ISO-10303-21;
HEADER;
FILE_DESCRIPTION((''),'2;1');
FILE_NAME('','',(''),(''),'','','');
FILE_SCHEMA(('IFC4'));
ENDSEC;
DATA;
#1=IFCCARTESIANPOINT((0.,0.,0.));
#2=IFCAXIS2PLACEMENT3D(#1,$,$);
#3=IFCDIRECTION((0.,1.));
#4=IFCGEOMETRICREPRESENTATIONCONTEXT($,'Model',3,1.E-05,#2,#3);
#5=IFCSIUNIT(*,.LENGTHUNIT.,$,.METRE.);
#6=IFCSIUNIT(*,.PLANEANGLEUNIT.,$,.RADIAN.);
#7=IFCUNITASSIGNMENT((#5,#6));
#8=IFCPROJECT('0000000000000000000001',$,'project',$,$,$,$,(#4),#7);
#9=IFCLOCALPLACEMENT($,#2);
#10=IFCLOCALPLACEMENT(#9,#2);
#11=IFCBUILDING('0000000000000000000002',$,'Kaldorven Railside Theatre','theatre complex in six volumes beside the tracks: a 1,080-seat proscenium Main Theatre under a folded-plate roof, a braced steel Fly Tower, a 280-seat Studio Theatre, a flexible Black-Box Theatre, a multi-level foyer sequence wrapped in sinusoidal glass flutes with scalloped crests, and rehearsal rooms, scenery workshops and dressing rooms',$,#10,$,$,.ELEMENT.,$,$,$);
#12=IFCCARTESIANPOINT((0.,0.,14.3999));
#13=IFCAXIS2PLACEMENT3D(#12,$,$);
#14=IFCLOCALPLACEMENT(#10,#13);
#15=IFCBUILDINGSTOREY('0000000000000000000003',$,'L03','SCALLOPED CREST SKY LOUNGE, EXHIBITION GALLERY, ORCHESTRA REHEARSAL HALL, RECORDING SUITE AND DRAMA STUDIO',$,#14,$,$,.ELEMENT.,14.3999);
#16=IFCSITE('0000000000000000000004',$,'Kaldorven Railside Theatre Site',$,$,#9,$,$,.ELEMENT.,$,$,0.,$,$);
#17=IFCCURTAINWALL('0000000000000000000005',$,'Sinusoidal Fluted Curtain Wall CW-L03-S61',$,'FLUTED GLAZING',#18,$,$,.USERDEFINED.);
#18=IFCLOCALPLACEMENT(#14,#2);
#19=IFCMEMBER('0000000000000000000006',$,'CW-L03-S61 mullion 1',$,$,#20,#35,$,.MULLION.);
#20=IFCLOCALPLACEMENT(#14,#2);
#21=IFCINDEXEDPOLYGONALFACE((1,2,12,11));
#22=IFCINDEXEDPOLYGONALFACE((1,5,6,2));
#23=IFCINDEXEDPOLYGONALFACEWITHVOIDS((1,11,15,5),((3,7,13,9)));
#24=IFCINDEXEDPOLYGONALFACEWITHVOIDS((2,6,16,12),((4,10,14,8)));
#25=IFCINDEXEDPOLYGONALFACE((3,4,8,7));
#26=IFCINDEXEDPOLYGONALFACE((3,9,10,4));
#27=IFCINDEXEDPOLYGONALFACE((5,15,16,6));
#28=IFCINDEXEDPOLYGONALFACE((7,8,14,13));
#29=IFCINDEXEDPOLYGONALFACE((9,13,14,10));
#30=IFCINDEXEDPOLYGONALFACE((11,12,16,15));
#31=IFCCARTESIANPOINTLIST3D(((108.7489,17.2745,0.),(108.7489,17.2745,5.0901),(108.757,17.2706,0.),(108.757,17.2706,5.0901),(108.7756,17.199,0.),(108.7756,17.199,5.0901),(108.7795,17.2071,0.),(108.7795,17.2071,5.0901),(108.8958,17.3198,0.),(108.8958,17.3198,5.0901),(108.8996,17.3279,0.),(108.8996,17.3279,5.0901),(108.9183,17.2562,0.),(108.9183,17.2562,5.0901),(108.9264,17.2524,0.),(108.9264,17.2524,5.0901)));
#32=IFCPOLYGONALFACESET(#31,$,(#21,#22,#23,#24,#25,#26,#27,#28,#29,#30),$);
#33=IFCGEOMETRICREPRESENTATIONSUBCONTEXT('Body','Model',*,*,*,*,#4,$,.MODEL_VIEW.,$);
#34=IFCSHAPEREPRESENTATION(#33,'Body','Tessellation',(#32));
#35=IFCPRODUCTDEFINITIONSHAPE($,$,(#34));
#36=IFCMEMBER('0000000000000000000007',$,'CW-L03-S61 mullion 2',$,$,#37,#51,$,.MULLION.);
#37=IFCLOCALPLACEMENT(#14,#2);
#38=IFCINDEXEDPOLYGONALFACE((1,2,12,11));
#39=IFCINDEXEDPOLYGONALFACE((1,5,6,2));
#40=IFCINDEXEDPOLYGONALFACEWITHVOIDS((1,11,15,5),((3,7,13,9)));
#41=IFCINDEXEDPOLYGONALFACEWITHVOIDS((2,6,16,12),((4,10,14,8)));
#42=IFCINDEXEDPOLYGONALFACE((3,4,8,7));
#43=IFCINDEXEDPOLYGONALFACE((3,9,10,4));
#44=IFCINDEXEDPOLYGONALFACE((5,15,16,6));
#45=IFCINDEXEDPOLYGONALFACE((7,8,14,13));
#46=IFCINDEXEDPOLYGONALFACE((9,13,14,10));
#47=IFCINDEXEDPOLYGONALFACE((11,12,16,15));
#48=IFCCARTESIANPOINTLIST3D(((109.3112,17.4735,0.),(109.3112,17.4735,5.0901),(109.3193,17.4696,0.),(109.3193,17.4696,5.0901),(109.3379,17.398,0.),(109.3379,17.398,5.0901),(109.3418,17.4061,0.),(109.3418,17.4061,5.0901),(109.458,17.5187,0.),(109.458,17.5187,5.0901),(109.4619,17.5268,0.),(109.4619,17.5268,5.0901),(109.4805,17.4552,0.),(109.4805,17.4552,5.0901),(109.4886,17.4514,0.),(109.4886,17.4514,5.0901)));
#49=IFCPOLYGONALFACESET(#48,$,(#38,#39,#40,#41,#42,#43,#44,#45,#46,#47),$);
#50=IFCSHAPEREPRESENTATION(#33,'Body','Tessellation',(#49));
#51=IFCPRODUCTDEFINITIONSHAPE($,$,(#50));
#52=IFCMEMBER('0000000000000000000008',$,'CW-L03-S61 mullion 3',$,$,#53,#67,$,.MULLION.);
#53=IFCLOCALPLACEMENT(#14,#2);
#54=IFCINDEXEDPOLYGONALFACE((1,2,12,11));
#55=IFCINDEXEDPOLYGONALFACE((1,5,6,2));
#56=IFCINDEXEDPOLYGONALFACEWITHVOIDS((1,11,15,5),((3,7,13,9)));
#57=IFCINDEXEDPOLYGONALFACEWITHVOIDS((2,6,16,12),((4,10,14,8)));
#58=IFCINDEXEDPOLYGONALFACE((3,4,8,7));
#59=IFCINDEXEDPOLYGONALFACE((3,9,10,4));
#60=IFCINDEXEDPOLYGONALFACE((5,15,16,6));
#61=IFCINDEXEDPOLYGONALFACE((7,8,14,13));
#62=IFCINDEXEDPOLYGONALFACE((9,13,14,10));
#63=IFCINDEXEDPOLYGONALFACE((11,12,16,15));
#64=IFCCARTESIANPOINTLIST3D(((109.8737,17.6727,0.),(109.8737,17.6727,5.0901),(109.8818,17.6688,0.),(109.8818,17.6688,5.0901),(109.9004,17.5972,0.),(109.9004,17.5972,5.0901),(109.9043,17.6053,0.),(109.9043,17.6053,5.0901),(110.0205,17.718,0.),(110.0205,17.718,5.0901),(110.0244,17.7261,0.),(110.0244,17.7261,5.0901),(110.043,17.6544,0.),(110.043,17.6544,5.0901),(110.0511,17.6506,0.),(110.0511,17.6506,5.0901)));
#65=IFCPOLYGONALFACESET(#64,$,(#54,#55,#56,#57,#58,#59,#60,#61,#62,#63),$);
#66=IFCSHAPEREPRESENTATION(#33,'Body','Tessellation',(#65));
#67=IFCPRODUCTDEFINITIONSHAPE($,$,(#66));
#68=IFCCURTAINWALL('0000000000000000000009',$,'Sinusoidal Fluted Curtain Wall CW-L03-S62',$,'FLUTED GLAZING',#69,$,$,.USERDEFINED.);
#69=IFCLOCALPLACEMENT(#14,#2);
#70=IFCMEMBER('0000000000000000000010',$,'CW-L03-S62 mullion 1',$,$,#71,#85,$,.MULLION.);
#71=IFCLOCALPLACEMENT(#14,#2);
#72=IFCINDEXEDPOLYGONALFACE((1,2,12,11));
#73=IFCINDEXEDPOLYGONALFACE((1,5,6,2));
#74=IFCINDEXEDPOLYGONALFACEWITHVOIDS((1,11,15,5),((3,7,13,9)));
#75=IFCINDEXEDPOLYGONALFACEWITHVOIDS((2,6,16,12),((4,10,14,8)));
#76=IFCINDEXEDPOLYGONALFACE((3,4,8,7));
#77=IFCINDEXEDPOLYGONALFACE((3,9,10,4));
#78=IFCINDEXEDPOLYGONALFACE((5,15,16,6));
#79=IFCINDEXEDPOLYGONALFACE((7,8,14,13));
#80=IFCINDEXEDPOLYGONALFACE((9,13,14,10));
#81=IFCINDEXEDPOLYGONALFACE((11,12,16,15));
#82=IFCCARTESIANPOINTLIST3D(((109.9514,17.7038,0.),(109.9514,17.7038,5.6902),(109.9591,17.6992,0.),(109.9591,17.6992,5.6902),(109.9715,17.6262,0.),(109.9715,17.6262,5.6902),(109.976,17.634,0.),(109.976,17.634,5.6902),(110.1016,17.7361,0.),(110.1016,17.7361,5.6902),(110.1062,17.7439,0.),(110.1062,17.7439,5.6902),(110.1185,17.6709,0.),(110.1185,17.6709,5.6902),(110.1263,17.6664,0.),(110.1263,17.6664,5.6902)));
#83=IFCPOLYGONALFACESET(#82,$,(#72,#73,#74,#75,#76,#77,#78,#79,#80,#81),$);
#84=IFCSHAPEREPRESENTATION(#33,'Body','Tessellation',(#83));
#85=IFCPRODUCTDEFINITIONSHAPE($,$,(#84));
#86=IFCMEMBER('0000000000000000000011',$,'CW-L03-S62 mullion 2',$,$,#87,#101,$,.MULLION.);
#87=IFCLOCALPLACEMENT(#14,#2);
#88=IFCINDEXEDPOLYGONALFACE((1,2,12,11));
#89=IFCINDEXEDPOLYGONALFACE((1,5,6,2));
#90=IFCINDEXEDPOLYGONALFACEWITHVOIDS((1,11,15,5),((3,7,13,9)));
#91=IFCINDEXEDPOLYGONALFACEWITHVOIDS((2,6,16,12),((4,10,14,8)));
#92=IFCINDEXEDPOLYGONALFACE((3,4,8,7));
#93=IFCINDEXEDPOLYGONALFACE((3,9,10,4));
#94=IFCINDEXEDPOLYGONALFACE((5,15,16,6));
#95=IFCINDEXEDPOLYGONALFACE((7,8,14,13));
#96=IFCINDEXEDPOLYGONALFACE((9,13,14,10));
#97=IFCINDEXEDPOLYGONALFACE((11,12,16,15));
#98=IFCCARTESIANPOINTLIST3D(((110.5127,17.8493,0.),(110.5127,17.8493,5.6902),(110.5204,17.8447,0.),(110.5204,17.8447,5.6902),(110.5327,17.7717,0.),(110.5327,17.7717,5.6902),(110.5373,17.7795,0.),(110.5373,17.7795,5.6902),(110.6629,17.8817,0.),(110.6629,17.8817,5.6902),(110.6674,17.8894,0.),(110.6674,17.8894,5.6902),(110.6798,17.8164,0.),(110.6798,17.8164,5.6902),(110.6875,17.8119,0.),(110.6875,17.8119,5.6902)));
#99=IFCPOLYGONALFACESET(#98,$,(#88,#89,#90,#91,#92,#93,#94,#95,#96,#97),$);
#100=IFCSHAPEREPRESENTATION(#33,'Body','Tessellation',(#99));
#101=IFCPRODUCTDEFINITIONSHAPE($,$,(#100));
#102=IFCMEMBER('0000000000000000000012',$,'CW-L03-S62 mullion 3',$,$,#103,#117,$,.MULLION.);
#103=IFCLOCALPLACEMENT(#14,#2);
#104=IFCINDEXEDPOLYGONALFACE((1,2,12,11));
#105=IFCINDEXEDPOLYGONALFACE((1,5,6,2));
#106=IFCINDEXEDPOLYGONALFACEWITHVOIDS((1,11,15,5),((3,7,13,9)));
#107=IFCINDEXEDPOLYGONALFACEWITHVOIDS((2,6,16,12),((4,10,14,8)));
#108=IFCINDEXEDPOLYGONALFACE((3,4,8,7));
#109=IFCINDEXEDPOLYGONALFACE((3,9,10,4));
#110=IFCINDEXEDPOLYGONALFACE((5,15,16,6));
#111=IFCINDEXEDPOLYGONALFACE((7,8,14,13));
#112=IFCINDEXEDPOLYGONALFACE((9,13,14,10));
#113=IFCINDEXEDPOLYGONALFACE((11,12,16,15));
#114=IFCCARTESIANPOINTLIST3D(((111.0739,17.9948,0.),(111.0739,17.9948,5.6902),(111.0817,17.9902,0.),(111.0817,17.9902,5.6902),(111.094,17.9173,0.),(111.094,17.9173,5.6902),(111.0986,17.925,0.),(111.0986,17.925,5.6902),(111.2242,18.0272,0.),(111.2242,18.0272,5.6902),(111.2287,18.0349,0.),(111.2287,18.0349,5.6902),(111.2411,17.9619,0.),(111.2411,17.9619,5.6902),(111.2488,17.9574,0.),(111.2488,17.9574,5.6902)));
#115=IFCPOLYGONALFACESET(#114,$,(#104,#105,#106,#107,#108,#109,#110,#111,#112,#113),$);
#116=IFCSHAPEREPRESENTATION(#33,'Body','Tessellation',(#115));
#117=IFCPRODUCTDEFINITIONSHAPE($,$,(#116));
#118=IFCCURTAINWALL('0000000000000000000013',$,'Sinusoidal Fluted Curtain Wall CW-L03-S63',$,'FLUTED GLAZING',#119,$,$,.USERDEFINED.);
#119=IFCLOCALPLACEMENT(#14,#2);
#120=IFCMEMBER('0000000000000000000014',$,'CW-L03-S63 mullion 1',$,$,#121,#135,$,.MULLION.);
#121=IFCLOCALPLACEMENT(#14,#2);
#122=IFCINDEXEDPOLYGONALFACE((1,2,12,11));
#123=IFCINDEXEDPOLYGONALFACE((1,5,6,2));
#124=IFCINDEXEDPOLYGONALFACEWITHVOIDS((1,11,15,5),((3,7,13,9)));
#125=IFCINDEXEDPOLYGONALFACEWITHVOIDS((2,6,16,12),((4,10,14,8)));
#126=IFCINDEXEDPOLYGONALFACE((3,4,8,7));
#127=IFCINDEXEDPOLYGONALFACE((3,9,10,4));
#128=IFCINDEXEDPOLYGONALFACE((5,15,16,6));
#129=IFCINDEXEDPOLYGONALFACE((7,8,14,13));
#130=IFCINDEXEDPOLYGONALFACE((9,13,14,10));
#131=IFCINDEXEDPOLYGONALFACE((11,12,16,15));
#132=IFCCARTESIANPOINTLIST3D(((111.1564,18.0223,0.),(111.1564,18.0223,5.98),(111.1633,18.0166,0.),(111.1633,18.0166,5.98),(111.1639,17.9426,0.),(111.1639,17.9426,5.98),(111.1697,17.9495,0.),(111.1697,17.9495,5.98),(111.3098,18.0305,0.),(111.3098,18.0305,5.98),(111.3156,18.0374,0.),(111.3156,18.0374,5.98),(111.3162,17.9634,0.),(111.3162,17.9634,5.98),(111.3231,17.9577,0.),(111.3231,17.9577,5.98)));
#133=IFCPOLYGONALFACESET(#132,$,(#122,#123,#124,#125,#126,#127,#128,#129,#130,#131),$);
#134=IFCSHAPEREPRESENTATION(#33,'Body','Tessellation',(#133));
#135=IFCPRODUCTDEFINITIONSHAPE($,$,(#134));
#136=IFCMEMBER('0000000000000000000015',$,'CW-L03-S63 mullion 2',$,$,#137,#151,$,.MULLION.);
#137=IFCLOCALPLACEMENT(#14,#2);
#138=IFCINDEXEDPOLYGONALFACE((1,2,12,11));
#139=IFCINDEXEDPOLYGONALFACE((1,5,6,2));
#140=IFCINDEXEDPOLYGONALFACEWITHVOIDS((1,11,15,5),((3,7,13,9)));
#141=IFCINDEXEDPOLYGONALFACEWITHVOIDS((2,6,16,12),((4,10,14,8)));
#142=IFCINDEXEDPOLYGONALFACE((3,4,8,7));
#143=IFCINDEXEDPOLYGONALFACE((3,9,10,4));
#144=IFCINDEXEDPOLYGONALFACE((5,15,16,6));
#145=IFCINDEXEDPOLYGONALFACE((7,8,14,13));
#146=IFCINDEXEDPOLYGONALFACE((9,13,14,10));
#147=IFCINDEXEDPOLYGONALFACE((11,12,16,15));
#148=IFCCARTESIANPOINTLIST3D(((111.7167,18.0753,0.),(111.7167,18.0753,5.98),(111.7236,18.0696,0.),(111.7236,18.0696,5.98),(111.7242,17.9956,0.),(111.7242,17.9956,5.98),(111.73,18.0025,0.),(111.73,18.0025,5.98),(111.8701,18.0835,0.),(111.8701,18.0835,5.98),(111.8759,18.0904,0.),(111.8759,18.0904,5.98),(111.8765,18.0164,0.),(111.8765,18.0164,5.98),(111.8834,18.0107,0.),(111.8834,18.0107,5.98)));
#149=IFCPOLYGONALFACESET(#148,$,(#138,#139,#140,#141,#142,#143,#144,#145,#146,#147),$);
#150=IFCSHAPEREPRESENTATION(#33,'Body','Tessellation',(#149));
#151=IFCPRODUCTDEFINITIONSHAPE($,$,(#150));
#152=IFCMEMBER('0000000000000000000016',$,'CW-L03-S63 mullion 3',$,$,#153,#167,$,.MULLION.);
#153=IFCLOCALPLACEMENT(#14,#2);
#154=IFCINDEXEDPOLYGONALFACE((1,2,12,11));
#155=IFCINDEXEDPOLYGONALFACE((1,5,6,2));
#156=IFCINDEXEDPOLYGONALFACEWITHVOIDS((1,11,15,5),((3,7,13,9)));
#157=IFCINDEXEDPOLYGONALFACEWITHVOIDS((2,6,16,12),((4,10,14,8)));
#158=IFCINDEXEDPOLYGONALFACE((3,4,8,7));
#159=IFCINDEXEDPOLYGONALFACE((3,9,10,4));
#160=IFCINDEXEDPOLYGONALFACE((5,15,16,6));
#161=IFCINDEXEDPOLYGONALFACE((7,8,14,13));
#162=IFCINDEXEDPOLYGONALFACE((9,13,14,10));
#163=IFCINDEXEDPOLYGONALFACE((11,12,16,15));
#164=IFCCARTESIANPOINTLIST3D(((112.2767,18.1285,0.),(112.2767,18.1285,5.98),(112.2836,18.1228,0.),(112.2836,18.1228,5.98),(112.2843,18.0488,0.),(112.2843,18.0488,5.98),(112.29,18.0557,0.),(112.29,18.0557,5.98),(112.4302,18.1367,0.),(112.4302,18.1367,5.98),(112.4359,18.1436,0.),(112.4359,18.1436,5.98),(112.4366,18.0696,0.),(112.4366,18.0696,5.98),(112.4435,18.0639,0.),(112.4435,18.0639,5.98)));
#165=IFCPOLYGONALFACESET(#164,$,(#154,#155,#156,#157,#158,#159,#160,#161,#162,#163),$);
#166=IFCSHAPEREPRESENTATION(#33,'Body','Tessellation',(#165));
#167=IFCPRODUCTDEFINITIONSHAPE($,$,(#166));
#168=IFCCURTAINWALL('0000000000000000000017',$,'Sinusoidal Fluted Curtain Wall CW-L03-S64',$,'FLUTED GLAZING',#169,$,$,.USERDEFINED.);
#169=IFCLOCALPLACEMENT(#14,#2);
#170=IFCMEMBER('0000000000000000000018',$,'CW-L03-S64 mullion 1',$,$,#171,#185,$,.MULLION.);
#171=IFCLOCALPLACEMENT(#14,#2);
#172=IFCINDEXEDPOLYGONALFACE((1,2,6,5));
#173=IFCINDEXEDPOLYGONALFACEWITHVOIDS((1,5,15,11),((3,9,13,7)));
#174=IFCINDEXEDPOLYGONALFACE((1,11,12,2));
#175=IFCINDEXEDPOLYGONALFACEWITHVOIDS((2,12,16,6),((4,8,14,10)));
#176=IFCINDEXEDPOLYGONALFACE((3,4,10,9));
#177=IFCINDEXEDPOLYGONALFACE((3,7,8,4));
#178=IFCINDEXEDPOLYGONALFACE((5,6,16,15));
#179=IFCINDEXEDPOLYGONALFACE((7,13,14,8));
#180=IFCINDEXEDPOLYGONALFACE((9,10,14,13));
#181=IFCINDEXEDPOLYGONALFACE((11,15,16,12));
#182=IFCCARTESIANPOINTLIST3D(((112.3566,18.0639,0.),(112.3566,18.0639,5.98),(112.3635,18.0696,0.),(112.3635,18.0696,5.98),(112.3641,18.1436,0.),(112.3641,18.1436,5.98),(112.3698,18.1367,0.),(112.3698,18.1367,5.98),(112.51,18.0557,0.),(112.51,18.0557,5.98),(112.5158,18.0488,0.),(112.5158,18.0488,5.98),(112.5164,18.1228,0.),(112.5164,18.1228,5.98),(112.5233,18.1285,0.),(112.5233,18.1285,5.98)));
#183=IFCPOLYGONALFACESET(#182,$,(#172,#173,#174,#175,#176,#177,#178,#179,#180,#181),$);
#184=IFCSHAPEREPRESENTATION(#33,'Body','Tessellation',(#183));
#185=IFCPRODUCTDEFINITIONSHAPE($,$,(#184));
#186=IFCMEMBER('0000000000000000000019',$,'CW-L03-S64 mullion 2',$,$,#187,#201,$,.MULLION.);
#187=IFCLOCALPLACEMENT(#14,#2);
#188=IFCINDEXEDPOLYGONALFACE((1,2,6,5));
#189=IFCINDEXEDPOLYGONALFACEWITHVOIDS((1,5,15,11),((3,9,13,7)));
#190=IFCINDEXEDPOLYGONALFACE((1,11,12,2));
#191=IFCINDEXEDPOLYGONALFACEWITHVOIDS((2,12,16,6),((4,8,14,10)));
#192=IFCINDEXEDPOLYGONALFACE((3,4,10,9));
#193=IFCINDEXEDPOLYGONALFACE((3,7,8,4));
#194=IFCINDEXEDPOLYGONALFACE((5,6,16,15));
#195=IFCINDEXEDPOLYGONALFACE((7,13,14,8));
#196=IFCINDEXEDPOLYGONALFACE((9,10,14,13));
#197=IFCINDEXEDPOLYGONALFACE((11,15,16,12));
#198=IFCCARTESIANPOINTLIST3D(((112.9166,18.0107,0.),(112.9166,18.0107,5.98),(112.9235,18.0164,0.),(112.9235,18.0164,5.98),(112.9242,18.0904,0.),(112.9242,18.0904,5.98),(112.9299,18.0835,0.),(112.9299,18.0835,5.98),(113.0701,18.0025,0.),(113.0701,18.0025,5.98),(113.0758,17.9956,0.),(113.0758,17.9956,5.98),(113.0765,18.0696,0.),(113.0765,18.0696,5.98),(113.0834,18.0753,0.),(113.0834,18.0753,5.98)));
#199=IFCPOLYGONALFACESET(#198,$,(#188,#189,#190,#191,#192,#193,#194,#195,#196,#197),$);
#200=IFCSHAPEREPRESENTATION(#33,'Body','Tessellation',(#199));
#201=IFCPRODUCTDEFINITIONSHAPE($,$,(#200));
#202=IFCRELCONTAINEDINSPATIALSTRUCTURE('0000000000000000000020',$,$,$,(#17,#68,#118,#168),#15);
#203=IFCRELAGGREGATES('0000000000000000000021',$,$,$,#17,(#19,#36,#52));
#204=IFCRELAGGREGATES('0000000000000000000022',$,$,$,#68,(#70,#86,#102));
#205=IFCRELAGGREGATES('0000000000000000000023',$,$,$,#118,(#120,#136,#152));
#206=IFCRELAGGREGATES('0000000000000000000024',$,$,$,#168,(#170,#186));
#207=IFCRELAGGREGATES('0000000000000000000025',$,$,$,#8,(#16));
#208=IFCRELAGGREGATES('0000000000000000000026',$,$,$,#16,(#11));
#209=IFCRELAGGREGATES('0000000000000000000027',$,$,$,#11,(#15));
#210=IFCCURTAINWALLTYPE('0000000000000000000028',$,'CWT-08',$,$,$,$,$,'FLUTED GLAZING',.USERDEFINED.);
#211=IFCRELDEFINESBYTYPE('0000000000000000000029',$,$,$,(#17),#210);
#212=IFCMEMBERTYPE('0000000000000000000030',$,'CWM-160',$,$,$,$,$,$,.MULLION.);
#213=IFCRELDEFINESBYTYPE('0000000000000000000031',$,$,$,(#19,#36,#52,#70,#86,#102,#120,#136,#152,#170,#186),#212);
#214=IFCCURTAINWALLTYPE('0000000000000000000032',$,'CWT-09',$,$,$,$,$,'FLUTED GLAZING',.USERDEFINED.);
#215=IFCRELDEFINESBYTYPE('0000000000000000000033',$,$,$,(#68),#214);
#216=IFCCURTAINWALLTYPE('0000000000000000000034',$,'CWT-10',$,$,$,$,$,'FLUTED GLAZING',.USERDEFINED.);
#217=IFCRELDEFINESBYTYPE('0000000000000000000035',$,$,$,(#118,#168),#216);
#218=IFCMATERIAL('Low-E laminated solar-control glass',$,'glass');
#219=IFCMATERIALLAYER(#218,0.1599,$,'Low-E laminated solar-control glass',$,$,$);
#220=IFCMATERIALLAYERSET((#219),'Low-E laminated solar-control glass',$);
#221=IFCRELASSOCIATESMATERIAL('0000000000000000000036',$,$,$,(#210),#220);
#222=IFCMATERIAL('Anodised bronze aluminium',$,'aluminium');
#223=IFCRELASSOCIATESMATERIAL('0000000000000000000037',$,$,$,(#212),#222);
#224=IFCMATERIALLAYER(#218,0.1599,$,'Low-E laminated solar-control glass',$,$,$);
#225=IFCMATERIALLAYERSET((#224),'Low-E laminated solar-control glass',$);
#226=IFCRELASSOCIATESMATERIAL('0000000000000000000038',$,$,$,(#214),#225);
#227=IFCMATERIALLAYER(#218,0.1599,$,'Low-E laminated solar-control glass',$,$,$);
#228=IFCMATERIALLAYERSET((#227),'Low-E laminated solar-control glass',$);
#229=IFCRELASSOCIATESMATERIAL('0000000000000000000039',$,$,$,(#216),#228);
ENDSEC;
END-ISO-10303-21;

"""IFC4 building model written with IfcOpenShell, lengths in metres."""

from ifc_helpers import new_model, si_unit, direction, frame, origin, origin_2d, place, context, subcontext, project, spatial, hollow_rectangle, extrude, material, layer, layer_set, material_profile, profile_set, type_object, element, aggregate, save


model = new_model("IFC4")

# Units and contexts
model_context = context("Model", 3, precision=1e-05, world=origin(), true_north=direction((0.0, 1.0)))
body_context = subcontext(model_context, "Body", "Model", "MODEL_VIEW")
ifc_project = project(units=[si_unit("LENGTHUNIT", "METRE"), si_unit("PLANEANGLEUNIT", "RADIAN")], contexts=[model_context])

# Site, building, storey
site_placement = place(None, origin())
site = spatial("IfcSite", under=ifc_project, at=site_placement, Name="Kaldorven Railside Theatre Site", CompositionType="ELEMENT", RefElevation=0.0)
building_placement = place(site_placement, origin())
building = spatial("IfcBuilding", under=site, at=building_placement, Name="Kaldorven Railside Theatre", Description="theatre complex in six volumes beside the tracks: a 1,080-seat proscenium Main Theatre under a folded-plate roof, a braced steel Fly Tower, a 280-seat Studio Theatre, a flexible Black-Box Theatre, a multi-level foyer sequence wrapped in sinusoidal glass flutes with scalloped crests, and rehearsal rooms, scenery workshops and dressing rooms", CompositionType="ELEMENT")
storey_placement = place(building_placement, frame((0.0, 0.0, 14.3999)))
storey = spatial("IfcBuildingStorey", under=building, at=storey_placement, Name="L03", Description="SCALLOPED CREST SKY LOUNGE, EXHIBITION GALLERY, ORCHESTRA REHEARSAL HALL, RECORDING SUITE AND DRAMA STUDIO", CompositionType="ELEMENT", Elevation=14.3999)

# Curtain walls, members
ifc_material_1 = material(Name="Low-E laminated solar-control glass", Category="glass")
ifc_layer_1 = layer(ifc_material_1, 0.1599, Name="Low-E laminated solar-control glass")
ifc_layer_set_1 = layer_set([ifc_layer_1], Name="Low-E laminated solar-control glass")
curtain_wall_type_1 = type_object("IfcCurtainWallType", Name="CWT-08", ElementType="FLUTED GLAZING", PredefinedType="USERDEFINED", material=ifc_layer_set_1)
curtain_wall_1_placement = place(storey_placement, origin())
curtain_wall_1 = element("IfcCurtainWall", 1, at=curtain_wall_1_placement, inside=storey, type_object=curtain_wall_type_1, Name="Sinusoidal Fluted Curtain Wall CW-L03-S61", ObjectType="FLUTED GLAZING", PredefinedType="USERDEFINED")
ifc_material_2 = material(Name="Anodised bronze aluminium", Category="aluminium")
ifc_material_profile_1 = material_profile(ifc_material_2, hollow_rectangle(XDim=0.0801, YDim=0.1599, WallThickness=0.0063, at=origin_2d()), Name="RHS 160x80x6.3")
ifc_profile_set_1 = profile_set([ifc_material_profile_1], Name="Anodised bronze aluminium")
member_type_1 = type_object("IfcMemberType", Name="CWM-160", PredefinedType="MULLION", material=ifc_profile_set_1)
member_1_placement = place(storey_placement, frame((108.8376, 17.2634, 0.0), z_axis=(0.0, 0.0, 1.0), x_axis=(-0.333847, 0.942627, 0.0)))
member_1 = element("IfcMember", 2, at=member_1_placement, type_object=member_type_1, Name="CW-L03-S61 mullion 1", PredefinedType="MULLION", context=body_context, shape_type="SweptSolid", body=[
    extrude(hollow_rectangle(XDim=0.0801, YDim=0.1599, WallThickness=0.0063, at=origin_2d()), origin(), (0.0, 0.0, 1.0), 5.0901),
])
member_2_placement = place(storey_placement, frame((109.3999, 17.4624, 0.0), z_axis=(0.0, 0.0, 1.0), x_axis=(-0.333847, 0.942627, 0.0)))
member_2 = element("IfcMember", 3, at=member_2_placement, type_object=member_type_1, Name="CW-L03-S61 mullion 2", PredefinedType="MULLION", context=body_context, shape_type="SweptSolid", body=[
    extrude(hollow_rectangle(XDim=0.0801, YDim=0.1599, WallThickness=0.0063, at=origin_2d()), origin(), (0.0, 0.0, 1.0), 5.0901),
])
member_3_placement = place(storey_placement, frame((109.9624, 17.6616, 0.0), z_axis=(0.0, 0.0, 1.0), x_axis=(-0.333847, 0.942627, 0.0)))
member_3 = element("IfcMember", 4, at=member_3_placement, type_object=member_type_1, Name="CW-L03-S61 mullion 3", PredefinedType="MULLION", context=body_context, shape_type="SweptSolid", body=[
    extrude(hollow_rectangle(XDim=0.0801, YDim=0.1599, WallThickness=0.0063, at=origin_2d()), origin(), (0.0, 0.0, 1.0), 5.0901),
])
ifc_layer_2 = layer(ifc_material_1, 0.1599, Name="Low-E laminated solar-control glass")
ifc_layer_set_2 = layer_set([ifc_layer_2], Name="Low-E laminated solar-control glass")
curtain_wall_type_2 = type_object("IfcCurtainWallType", Name="CWT-09", ElementType="FLUTED GLAZING", PredefinedType="USERDEFINED", material=ifc_layer_set_2)
curtain_wall_2_placement = place(storey_placement, origin())
curtain_wall_2 = element("IfcCurtainWall", 5, at=curtain_wall_2_placement, inside=storey, type_object=curtain_wall_type_2, Name="Sinusoidal Fluted Curtain Wall CW-L03-S62", ObjectType="FLUTED GLAZING", PredefinedType="USERDEFINED")
member_4_placement = place(storey_placement, frame((110.0388, 17.6851, 0.0), z_axis=(0.0, 0.0, 1.0), x_axis=(-0.250954, 0.967999, 0.0)))
member_4 = element("IfcMember", 6, at=member_4_placement, type_object=member_type_1, Name="CW-L03-S62 mullion 1", PredefinedType="MULLION", context=body_context, shape_type="SweptSolid", body=[
    extrude(hollow_rectangle(XDim=0.0801, YDim=0.1599, WallThickness=0.0063, at=origin_2d()), origin(), (0.0, 0.0, 1.0), 5.6902),
])
member_5_placement = place(storey_placement, frame((110.6001, 17.8306, 0.0), z_axis=(0.0, 0.0, 1.0), x_axis=(-0.250954, 0.967999, 0.0)))
member_5 = element("IfcMember", 7, at=member_5_placement, type_object=member_type_1, Name="CW-L03-S62 mullion 2", PredefinedType="MULLION", context=body_context, shape_type="SweptSolid", body=[
    extrude(hollow_rectangle(XDim=0.0801, YDim=0.1599, WallThickness=0.0063, at=origin_2d()), origin(), (0.0, 0.0, 1.0), 5.6902),
])
member_6_placement = place(storey_placement, frame((111.1614, 17.9761, 0.0), z_axis=(0.0, 0.0, 1.0), x_axis=(-0.250954, 0.967999, 0.0)))
member_6 = element("IfcMember", 8, at=member_6_placement, type_object=member_type_1, Name="CW-L03-S62 mullion 3", PredefinedType="MULLION", context=body_context, shape_type="SweptSolid", body=[
    extrude(hollow_rectangle(XDim=0.0801, YDim=0.1599, WallThickness=0.0063, at=origin_2d()), origin(), (0.0, 0.0, 1.0), 5.6902),
])
ifc_layer_3 = layer(ifc_material_1, 0.1599, Name="Low-E laminated solar-control glass")
ifc_layer_set_3 = layer_set([ifc_layer_3], Name="Low-E laminated solar-control glass")
curtain_wall_type_3 = type_object("IfcCurtainWallType", Name="CWT-10", ElementType="FLUTED GLAZING", PredefinedType="USERDEFINED", material=ifc_layer_set_3)
curtain_wall_3_placement = place(storey_placement, origin())
curtain_wall_3 = element("IfcCurtainWall", 9, at=curtain_wall_3_placement, inside=storey, type_object=curtain_wall_type_3, Name="Sinusoidal Fluted Curtain Wall CW-L03-S63", ObjectType="FLUTED GLAZING", PredefinedType="USERDEFINED")
member_7_placement = place(storey_placement, frame((111.2397, 17.99, 0.0), z_axis=(0.0, 0.0, 1.0), x_axis=(-0.094492, 0.995526, 0.0)))
member_7 = element("IfcMember", 10, at=member_7_placement, type_object=member_type_1, Name="CW-L03-S63 mullion 1", PredefinedType="MULLION", context=body_context, shape_type="SweptSolid", body=[
    extrude(hollow_rectangle(XDim=0.0801, YDim=0.1599, WallThickness=0.0063, at=origin_2d()), origin(), (0.0, 0.0, 1.0), 5.98),
])
member_8_placement = place(storey_placement, frame((111.8, 18.043, 0.0), z_axis=(0.0, 0.0, 1.0), x_axis=(-0.094492, 0.995526, 0.0)))
member_8 = element("IfcMember", 11, at=member_8_placement, type_object=member_type_1, Name="CW-L03-S63 mullion 2", PredefinedType="MULLION", context=body_context, shape_type="SweptSolid", body=[
    extrude(hollow_rectangle(XDim=0.0801, YDim=0.1599, WallThickness=0.0063, at=origin_2d()), origin(), (0.0, 0.0, 1.0), 5.98),
])
member_9_placement = place(storey_placement, frame((112.3601, 18.0962, 0.0), z_axis=(0.0, 0.0, 1.0), x_axis=(-0.094492, 0.995526, 0.0)))
member_9 = element("IfcMember", 12, at=member_9_placement, type_object=member_type_1, Name="CW-L03-S63 mullion 3", PredefinedType="MULLION", context=body_context, shape_type="SweptSolid", body=[
    extrude(hollow_rectangle(XDim=0.0801, YDim=0.1599, WallThickness=0.0063, at=origin_2d()), origin(), (0.0, 0.0, 1.0), 5.98),
])
curtain_wall_4_placement = place(storey_placement, origin())
curtain_wall_4 = element("IfcCurtainWall", 13, at=curtain_wall_4_placement, inside=storey, type_object=curtain_wall_type_3, Name="Sinusoidal Fluted Curtain Wall CW-L03-S64", ObjectType="FLUTED GLAZING", PredefinedType="USERDEFINED")
member_10_placement = place(storey_placement, frame((112.4399, 18.0962, 0.0), z_axis=(0.0, 0.0, 1.0), x_axis=(0.094492, 0.995526, 0.0)))
member_10 = element("IfcMember", 14, at=member_10_placement, type_object=member_type_1, Name="CW-L03-S64 mullion 1", PredefinedType="MULLION", context=body_context, shape_type="SweptSolid", body=[
    extrude(hollow_rectangle(XDim=0.0801, YDim=0.1599, WallThickness=0.0063, at=origin_2d()), origin(), (0.0, 0.0, 1.0), 5.98),
])
member_11_placement = place(storey_placement, frame((113.0, 18.043, 0.0), z_axis=(0.0, 0.0, 1.0), x_axis=(0.094492, 0.995526, 0.0)))
member_11 = element("IfcMember", 15, at=member_11_placement, type_object=member_type_1, Name="CW-L03-S64 mullion 2", PredefinedType="MULLION", context=body_context, shape_type="SweptSolid", body=[
    extrude(hollow_rectangle(XDim=0.0801, YDim=0.1599, WallThickness=0.0063, at=origin_2d()), origin(), (0.0, 0.0, 1.0), 5.98),
])

aggregate(curtain_wall_1, [member_1, member_2, member_3])
aggregate(curtain_wall_2, [member_4, member_5, member_6])
aggregate(curtain_wall_3, [member_7, member_8, member_9])
aggregate(curtain_wall_4, [member_10, member_11])

save(model, "model.ifc")
